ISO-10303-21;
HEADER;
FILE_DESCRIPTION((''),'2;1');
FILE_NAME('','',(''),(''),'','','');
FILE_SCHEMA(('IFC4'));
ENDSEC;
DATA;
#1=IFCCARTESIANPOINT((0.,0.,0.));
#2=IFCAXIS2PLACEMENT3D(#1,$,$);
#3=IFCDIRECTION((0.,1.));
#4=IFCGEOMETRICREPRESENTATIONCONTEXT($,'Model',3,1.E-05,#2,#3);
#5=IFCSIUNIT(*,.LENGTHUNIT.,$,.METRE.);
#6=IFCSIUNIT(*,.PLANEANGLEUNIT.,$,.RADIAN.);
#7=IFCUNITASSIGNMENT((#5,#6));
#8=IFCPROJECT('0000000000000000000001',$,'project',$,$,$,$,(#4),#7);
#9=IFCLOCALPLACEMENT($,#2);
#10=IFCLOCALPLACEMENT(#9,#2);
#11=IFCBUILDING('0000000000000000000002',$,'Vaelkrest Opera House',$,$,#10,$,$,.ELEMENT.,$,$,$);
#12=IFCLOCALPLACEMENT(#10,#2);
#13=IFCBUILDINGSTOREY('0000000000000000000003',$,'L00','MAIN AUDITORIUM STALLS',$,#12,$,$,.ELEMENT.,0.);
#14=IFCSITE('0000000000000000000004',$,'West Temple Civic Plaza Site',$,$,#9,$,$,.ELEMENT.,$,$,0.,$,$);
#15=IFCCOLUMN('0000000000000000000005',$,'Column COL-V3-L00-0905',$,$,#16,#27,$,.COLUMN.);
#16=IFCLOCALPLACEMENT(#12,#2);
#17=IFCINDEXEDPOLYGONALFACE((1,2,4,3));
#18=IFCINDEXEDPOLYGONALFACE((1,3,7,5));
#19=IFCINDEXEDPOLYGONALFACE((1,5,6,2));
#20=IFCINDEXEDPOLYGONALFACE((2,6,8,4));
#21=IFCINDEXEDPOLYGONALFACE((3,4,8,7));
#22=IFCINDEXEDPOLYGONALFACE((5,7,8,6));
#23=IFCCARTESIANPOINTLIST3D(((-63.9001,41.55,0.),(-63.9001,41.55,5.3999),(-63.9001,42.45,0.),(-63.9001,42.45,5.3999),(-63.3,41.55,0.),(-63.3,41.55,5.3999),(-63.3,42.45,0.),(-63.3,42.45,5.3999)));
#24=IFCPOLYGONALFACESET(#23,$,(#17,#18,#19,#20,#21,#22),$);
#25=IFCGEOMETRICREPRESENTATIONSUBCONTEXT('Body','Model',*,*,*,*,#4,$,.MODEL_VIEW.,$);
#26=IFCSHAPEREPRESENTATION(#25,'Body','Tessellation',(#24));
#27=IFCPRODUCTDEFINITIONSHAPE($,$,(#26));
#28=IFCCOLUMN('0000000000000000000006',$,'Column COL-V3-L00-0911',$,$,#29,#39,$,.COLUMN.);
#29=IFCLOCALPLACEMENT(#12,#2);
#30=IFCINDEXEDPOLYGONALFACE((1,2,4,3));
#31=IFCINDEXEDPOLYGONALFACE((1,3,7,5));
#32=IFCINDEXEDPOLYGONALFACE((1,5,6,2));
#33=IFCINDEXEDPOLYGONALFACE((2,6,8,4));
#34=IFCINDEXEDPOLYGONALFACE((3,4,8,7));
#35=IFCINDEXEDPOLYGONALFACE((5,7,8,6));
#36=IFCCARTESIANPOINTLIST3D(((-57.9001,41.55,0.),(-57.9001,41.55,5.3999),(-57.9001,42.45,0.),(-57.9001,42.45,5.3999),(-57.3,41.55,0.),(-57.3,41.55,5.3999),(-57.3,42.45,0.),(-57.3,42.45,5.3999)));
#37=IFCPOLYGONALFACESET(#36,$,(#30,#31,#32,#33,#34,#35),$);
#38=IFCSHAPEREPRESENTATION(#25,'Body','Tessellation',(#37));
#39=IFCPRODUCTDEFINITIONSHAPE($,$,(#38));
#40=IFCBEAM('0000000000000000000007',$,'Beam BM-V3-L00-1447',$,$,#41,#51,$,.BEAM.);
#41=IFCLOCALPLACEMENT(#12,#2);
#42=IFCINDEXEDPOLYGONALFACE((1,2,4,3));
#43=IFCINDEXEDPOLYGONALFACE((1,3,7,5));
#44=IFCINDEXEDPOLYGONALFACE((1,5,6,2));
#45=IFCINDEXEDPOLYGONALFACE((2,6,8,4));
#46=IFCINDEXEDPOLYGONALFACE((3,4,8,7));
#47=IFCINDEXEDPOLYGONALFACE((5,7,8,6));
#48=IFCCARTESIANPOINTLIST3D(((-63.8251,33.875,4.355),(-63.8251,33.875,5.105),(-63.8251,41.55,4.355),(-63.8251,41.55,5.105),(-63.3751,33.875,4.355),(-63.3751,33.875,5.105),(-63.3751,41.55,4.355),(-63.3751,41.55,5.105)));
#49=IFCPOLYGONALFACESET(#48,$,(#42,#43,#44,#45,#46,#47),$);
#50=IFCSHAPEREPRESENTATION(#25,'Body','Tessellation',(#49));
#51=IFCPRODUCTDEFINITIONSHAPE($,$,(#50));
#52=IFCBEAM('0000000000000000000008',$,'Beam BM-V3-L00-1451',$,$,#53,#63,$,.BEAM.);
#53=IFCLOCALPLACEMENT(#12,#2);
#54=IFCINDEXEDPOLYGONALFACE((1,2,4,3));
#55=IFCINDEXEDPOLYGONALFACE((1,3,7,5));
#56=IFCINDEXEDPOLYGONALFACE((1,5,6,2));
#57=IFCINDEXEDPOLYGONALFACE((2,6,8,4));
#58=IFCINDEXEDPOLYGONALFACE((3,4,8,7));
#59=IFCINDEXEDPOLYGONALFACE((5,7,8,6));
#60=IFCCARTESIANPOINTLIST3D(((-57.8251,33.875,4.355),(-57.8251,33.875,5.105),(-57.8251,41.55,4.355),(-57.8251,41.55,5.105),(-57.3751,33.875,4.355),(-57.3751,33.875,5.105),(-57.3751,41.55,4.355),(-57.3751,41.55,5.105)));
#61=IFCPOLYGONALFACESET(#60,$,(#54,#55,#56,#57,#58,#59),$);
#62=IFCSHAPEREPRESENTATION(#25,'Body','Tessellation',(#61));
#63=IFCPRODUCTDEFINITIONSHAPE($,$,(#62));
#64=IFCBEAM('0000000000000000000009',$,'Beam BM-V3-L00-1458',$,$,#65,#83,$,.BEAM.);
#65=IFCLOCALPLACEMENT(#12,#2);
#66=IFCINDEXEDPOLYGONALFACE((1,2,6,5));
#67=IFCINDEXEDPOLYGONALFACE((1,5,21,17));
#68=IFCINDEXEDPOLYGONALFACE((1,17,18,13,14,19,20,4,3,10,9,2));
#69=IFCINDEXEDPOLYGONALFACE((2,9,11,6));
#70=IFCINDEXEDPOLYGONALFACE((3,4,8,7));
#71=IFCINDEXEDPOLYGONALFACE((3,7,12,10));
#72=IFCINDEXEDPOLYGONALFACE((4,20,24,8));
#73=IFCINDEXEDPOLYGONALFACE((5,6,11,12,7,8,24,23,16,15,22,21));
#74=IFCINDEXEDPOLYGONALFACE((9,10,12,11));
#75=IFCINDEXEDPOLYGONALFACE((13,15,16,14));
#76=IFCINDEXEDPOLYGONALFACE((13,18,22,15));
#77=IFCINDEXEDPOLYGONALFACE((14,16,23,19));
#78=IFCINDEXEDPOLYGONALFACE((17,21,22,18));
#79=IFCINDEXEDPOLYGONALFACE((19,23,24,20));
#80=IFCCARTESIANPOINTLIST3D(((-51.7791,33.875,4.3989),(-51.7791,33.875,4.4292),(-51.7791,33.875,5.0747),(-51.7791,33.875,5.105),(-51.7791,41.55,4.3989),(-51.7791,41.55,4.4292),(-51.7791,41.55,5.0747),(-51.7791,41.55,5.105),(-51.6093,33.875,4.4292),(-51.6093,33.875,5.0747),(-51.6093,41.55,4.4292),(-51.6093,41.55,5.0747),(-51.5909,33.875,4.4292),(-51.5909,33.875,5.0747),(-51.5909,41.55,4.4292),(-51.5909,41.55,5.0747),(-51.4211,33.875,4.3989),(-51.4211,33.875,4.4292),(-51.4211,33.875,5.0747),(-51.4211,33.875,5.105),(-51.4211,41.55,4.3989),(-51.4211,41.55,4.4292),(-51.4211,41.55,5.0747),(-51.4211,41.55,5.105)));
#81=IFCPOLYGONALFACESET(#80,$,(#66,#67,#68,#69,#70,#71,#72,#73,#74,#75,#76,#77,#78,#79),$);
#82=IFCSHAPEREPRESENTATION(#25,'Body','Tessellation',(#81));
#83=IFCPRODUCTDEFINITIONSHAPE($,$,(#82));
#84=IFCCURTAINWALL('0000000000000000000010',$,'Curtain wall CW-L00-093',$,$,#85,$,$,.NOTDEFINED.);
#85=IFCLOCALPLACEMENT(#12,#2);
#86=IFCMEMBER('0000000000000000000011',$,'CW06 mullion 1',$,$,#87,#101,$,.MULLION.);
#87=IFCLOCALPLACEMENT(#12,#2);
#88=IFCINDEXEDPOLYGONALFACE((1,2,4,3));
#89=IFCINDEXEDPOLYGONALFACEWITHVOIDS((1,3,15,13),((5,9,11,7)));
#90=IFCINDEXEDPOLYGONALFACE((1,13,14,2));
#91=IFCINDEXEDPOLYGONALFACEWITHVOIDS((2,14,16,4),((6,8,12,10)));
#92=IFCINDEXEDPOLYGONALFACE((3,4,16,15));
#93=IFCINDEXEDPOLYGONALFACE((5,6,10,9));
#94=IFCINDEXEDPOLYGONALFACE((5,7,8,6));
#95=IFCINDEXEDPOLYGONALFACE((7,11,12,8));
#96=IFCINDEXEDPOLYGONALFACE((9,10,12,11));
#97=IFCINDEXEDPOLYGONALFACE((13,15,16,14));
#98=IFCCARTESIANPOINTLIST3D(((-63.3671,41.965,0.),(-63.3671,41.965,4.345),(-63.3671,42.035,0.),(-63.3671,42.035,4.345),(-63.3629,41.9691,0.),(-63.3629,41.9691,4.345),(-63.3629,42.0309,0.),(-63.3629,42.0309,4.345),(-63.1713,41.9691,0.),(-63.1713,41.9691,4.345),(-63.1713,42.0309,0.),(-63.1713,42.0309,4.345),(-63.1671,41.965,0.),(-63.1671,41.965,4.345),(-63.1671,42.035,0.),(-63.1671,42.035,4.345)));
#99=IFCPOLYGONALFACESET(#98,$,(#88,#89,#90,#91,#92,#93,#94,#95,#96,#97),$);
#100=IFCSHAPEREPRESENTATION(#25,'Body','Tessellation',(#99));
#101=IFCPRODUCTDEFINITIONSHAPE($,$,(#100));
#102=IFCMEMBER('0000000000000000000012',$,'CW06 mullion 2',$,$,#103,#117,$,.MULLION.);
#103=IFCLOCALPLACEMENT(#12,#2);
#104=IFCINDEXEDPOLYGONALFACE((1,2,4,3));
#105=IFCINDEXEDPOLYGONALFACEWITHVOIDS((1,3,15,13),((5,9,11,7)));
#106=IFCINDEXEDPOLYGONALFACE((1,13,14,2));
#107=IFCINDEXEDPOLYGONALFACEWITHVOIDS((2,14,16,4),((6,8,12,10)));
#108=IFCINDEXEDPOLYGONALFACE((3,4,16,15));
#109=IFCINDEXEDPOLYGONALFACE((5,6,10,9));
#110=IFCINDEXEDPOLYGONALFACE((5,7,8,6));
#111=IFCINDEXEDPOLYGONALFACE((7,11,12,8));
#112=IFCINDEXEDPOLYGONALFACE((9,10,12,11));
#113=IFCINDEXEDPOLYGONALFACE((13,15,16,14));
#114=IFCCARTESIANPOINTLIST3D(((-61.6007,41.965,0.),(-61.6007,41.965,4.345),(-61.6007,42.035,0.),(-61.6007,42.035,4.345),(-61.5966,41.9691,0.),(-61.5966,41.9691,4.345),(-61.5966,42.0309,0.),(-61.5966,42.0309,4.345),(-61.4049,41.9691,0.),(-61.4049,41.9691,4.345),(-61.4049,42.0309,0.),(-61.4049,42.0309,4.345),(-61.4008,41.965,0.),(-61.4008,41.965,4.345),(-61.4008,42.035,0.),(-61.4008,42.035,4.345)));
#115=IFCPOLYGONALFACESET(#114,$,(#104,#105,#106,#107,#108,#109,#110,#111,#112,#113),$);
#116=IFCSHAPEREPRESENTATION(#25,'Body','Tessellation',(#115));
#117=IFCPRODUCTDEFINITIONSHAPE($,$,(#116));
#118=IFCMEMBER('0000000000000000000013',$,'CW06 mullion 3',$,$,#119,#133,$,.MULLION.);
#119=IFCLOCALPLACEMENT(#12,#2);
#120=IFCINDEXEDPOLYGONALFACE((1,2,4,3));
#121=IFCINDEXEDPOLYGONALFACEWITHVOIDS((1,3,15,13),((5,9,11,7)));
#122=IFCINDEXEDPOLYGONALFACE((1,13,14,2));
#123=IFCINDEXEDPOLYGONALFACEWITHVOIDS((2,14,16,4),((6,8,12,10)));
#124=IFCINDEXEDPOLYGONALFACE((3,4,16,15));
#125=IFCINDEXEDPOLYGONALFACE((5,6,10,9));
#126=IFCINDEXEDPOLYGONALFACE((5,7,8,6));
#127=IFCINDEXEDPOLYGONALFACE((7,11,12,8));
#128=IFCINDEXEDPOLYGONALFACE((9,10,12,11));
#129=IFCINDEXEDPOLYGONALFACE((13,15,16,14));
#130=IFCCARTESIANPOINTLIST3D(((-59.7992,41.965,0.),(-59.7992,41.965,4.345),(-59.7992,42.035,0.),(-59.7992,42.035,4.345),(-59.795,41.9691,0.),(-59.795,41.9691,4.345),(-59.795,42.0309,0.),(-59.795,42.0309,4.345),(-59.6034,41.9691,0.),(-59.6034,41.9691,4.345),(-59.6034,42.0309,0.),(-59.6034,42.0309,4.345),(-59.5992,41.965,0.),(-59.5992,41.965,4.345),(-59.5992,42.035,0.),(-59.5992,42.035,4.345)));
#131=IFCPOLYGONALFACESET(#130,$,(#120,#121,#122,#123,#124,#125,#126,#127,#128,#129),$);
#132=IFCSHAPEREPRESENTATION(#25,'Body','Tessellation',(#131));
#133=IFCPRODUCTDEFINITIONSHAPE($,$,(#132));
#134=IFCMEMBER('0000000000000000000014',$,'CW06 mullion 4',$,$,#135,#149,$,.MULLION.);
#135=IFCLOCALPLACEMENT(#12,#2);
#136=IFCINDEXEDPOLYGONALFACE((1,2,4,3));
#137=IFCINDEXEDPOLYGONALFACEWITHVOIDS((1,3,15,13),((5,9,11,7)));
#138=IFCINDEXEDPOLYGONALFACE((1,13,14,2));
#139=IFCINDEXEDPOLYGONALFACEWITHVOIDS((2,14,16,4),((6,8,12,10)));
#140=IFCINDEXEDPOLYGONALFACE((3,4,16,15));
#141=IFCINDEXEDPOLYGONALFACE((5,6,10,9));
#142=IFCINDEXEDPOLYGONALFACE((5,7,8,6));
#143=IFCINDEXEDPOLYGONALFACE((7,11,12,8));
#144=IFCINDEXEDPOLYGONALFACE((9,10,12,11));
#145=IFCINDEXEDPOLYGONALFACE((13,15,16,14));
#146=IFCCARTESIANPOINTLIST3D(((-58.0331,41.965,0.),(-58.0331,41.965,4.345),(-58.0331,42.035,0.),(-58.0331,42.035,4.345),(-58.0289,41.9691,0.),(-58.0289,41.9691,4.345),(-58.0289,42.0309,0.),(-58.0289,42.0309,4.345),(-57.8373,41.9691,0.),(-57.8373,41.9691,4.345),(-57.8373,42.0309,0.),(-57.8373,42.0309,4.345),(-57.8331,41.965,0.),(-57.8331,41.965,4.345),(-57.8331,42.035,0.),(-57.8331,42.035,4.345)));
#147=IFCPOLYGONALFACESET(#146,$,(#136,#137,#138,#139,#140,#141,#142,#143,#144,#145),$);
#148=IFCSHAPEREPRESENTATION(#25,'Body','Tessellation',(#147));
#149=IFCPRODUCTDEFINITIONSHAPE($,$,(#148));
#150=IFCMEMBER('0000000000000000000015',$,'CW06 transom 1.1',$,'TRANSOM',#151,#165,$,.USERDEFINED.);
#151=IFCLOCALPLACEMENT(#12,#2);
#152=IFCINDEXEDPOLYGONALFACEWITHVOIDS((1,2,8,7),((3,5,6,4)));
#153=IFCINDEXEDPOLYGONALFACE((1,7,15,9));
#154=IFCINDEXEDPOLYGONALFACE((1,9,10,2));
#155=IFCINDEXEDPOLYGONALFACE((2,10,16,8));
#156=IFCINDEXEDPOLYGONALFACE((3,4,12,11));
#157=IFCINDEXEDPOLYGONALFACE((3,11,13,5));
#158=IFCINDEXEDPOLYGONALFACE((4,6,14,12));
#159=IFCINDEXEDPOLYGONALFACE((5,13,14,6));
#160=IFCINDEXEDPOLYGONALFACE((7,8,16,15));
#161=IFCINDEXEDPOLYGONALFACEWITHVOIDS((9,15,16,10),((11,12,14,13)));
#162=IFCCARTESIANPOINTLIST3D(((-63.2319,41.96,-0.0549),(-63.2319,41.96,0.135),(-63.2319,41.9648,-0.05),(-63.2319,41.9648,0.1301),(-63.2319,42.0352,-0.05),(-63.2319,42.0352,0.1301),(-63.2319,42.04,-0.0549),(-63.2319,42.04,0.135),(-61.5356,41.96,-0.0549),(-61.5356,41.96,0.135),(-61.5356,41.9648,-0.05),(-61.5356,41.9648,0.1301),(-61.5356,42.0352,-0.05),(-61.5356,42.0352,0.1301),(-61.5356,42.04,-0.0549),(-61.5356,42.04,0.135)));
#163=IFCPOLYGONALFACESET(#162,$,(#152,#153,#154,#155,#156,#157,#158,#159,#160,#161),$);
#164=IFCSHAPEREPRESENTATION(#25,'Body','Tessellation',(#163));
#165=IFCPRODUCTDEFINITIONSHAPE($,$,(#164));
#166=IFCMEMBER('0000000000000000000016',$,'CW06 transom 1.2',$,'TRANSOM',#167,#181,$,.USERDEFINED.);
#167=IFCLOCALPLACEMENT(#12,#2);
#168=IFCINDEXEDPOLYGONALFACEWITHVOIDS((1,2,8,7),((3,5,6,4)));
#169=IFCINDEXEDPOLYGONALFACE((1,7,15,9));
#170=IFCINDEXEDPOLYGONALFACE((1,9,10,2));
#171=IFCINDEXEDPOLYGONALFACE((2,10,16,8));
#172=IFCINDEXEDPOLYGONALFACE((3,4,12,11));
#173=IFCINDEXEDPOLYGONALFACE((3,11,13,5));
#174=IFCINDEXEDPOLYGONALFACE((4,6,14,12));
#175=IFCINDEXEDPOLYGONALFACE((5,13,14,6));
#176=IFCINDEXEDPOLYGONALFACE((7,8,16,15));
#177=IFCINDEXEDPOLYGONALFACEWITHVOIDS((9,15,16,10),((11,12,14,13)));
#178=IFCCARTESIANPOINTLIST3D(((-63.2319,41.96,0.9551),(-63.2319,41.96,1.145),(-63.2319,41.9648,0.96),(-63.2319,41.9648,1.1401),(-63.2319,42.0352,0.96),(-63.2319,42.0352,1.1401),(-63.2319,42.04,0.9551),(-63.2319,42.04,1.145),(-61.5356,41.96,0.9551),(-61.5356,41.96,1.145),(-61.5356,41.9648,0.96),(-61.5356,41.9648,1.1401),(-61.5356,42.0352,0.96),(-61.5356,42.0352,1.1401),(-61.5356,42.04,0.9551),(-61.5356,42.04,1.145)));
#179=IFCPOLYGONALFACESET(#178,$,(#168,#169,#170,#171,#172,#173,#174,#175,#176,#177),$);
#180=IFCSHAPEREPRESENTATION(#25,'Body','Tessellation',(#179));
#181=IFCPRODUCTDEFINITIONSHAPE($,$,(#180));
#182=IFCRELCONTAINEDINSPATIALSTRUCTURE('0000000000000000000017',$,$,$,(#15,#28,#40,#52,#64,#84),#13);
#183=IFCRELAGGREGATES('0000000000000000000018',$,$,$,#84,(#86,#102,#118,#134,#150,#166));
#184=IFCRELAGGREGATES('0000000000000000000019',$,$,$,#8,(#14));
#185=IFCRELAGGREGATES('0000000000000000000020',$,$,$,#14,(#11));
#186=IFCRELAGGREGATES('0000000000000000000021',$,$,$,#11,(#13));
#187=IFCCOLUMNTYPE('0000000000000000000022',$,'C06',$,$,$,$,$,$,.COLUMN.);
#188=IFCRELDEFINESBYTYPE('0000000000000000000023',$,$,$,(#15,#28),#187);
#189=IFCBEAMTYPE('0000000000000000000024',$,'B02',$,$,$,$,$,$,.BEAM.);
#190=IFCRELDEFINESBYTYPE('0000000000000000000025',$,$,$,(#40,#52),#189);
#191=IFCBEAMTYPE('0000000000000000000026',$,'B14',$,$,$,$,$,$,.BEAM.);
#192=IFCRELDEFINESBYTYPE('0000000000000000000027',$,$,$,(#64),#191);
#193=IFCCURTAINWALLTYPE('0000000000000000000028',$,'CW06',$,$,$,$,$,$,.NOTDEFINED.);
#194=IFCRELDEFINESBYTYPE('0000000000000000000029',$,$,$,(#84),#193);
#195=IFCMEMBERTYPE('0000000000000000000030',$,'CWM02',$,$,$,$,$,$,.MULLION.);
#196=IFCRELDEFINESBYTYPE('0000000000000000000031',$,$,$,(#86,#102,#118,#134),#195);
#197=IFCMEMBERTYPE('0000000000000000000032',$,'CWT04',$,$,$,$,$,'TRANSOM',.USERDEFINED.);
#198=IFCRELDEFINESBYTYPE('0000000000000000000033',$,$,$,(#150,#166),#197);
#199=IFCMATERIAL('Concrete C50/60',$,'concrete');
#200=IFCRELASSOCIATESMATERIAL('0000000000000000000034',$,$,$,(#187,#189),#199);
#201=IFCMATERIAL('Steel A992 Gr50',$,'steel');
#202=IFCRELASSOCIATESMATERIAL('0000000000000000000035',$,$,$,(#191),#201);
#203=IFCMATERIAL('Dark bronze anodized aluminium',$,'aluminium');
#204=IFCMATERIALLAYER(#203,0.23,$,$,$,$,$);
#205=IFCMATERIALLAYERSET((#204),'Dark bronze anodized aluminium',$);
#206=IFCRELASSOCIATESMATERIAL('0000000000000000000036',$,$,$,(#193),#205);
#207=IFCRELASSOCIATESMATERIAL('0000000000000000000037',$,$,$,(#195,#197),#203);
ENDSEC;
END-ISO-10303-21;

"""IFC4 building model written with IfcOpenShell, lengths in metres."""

from ifc_helpers import new_model, si_unit, direction, frame, origin, origin_2d, place, context, subcontext, project, spatial, rectangle, hollow_rectangle, i_section, extrude, material, layer, layer_set, material_profile, profile_set, type_object, element, aggregate, save


model = new_model("IFC4")

# Units and contexts
model_context = context("Model", 3, precision=1e-05, world=origin(), true_north=direction((0.0, 1.0)))
body_context = subcontext(model_context, "Body", "Model", "MODEL_VIEW")
ifc_project = project(units=[si_unit("LENGTHUNIT", "METRE"), si_unit("PLANEANGLEUNIT", "RADIAN")], contexts=[model_context])

# Site, building, storey
site_placement = place(None, origin())
site = spatial("IfcSite", under=ifc_project, at=site_placement, Name="West Temple Civic Plaza Site", CompositionType="ELEMENT", RefElevation=0.0)
building_placement = place(site_placement, origin())
building = spatial("IfcBuilding", under=site, at=building_placement, Name="Vaelkrest Opera House", CompositionType="ELEMENT")
storey_placement = place(building_placement, origin())
storey = spatial("IfcBuildingStorey", under=building, at=storey_placement, Name="L00", Description="MAIN AUDITORIUM STALLS", CompositionType="ELEMENT", Elevation=0.0)

# Columns
ifc_material_1 = material(Name="Concrete C50/60", Category="concrete")
ifc_material_profile_1 = material_profile(ifc_material_1, rectangle(XDim=0.6001, YDim=0.8999, at=origin_2d()), Name="RC600X900")
ifc_profile_set_1 = profile_set([ifc_material_profile_1], Name="Concrete C50/60")
column_type = type_object("IfcColumnType", Name="C06", PredefinedType="COLUMN", material=ifc_profile_set_1)
for number, where, z_axis, x_axis, name in (
    (1, (-63.6001, 42.0, 0.0), (0.0, 0.0, 1.0), (1.0, 0.0, 0.0), "Column COL-V3-L00-0905"),
    (2, (-57.6001, 42.0, 0.0), (0.0, 0.0, 1.0), (1.0, 0.0, 0.0), "Column COL-V3-L00-0911"),
):
    element("IfcColumn", number, at=place(storey_placement, frame(where, z_axis=z_axis, x_axis=x_axis)), inside=storey, type_object=column_type, Name=name, PredefinedType="COLUMN", context=body_context, shape_type="SweptSolid", body=[
        extrude(rectangle(XDim=0.6001, YDim=0.8999, at=origin_2d()), origin(), (0.0, 0.0, 1.0), 5.3999),
    ])

# Beams
ifc_material_profile_2 = material_profile(ifc_material_1, rectangle(XDim=0.45, YDim=0.75, at=origin_2d()), Name="RCB450X750")
ifc_profile_set_2 = profile_set([ifc_material_profile_2], Name="Concrete C50/60")
beam_type_1 = type_object("IfcBeamType", Name="B02", PredefinedType="BEAM", material=ifc_profile_set_2)
for number, where, z_axis, x_axis, name in (
    (3, (-63.6001, 33.875, 4.73), (0.0, 1.0, 0.0), (-1.0, 0.0, 0.0), "Beam BM-V3-L00-1447"),
    (4, (-57.6001, 33.875, 4.73), (0.0, 1.0, 0.0), (-1.0, 0.0, 0.0), "Beam BM-V3-L00-1451"),
):
    element("IfcBeam", number, at=place(storey_placement, frame(where, z_axis=z_axis, x_axis=x_axis)), inside=storey, type_object=beam_type_1, Name=name, PredefinedType="BEAM", context=body_context, shape_type="SweptSolid", body=[
        extrude(rectangle(XDim=0.45, YDim=0.75, at=origin_2d()), origin(), (0.0, 0.0, 1.0), 7.675),
    ])
ifc_material_2 = material(Name="Steel A992 Gr50", Category="steel")
ifc_material_profile_3 = material_profile(ifc_material_2, i_section(OverallWidth=0.3579, OverallDepth=0.7061, WebThickness=0.0183, FlangeThickness=0.0303, at=origin_2d()), Name="W27X178")
ifc_profile_set_3 = profile_set([ifc_material_profile_3], Name="Steel A992 Gr50")
beam_type_2 = type_object("IfcBeamType", Name="B14", PredefinedType="BEAM", material=ifc_profile_set_3)
beam_placement = place(storey_placement, frame((-51.6001, 33.875, 4.752), z_axis=(0.0, 1.0, 0.0), x_axis=(-1.0, 0.0, 0.0)))
element("IfcBeam", 5, at=beam_placement, inside=storey, type_object=beam_type_2, Name="Beam BM-V3-L00-1458", PredefinedType="BEAM", context=body_context, shape_type="SweptSolid", body=[
    extrude(i_section(OverallWidth=0.3579, OverallDepth=0.7061, WebThickness=0.0183, FlangeThickness=0.0303, at=origin_2d()), origin(), (0.0, 0.0, 1.0), 7.675),
])

# Curtain wall, members
ifc_material_3 = material(Name="Dark bronze anodized aluminium", Category="aluminium")
ifc_layer_1 = layer(ifc_material_3, 0.23)
ifc_layer_set_1 = layer_set([ifc_layer_1], Name="Dark bronze anodized aluminium")
curtain_wall_type = type_object("IfcCurtainWallType", Name="CW06", PredefinedType="NOTDEFINED", material=ifc_layer_set_1)
curtain_wall_placement = place(storey_placement, origin())
curtain_wall = element("IfcCurtainWall", 6, at=curtain_wall_placement, inside=storey, type_object=curtain_wall_type, Name="Curtain wall CW-L00-093", PredefinedType="NOTDEFINED")
ifc_material_profile_4 = material_profile(ifc_material_3, hollow_rectangle(XDim=0.0701, YDim=0.2, WallThickness=0.0042, at=origin_2d()), Name="CWM70X200")
ifc_profile_set_4 = profile_set([ifc_material_profile_4], Name="Dark bronze anodized aluminium")
member_type_1 = type_object("IfcMemberType", Name="CWM02", PredefinedType="MULLION", material=ifc_profile_set_4)
member_1_placement = place(storey_placement, frame((-63.2671, 42.0, 0.0), z_axis=(0.0, 0.0, 1.0), x_axis=(0.0, 1.0, 0.0)))
member_1 = element("IfcMember", 7, at=member_1_placement, type_object=member_type_1, Name="CW06 mullion 1", PredefinedType="MULLION", context=body_context, shape_type="SweptSolid", body=[
    extrude(hollow_rectangle(XDim=0.0701, YDim=0.2, WallThickness=0.0042, at=origin_2d()), origin(), (0.0, 0.0, 1.0), 4.345),
])
member_2_placement = place(storey_placement, frame((-61.5007, 42.0, 0.0), z_axis=(0.0, 0.0, 1.0), x_axis=(0.0, 1.0, 0.0)))
member_2 = element("IfcMember", 8, at=member_2_placement, type_object=member_type_1, Name="CW06 mullion 2", PredefinedType="MULLION", context=body_context, shape_type="SweptSolid", body=[
    extrude(hollow_rectangle(XDim=0.0701, YDim=0.2, WallThickness=0.0042, at=origin_2d()), origin(), (0.0, 0.0, 1.0), 4.345),
])
member_3_placement = place(storey_placement, frame((-59.6992, 42.0, 0.0), z_axis=(0.0, 0.0, 1.0), x_axis=(0.0, 1.0, 0.0)))
member_3 = element("IfcMember", 9, at=member_3_placement, type_object=member_type_1, Name="CW06 mullion 3", PredefinedType="MULLION", context=body_context, shape_type="SweptSolid", body=[
    extrude(hollow_rectangle(XDim=0.0701, YDim=0.2, WallThickness=0.0042, at=origin_2d()), origin(), (0.0, 0.0, 1.0), 4.345),
])
member_4_placement = place(storey_placement, frame((-57.9331, 42.0, 0.0), z_axis=(0.0, 0.0, 1.0), x_axis=(0.0, 1.0, 0.0)))
member_4 = element("IfcMember", 10, at=member_4_placement, type_object=member_type_1, Name="CW06 mullion 4", PredefinedType="MULLION", context=body_context, shape_type="SweptSolid", body=[
    extrude(hollow_rectangle(XDim=0.0701, YDim=0.2, WallThickness=0.0042, at=origin_2d()), origin(), (0.0, 0.0, 1.0), 4.345),
])
ifc_material_profile_5 = material_profile(ifc_material_3, hollow_rectangle(XDim=0.0801, YDim=0.1899, WallThickness=0.0049, at=origin_2d()), Name="CWT80X190")
ifc_profile_set_5 = profile_set([ifc_material_profile_5], Name="Dark bronze anodized aluminium")
member_type_2 = type_object("IfcMemberType", Name="CWT04", ElementType="TRANSOM", PredefinedType="USERDEFINED", material=ifc_profile_set_5)
member_5_placement = place(storey_placement, frame((-63.2319, 42.0, 0.04), z_axis=(1.0, 0.0, 0.0), x_axis=(0.0, 1.0, 0.0)))
member_5 = element("IfcMember", 11, at=member_5_placement, type_object=member_type_2, Name="CW06 transom 1.1", ObjectType="TRANSOM", PredefinedType="USERDEFINED", context=body_context, shape_type="SweptSolid", body=[
    extrude(hollow_rectangle(XDim=0.0801, YDim=0.1899, WallThickness=0.0049, at=origin_2d()), origin(), (0.0, 0.0, 1.0), 1.6963),
])
member_6_placement = place(storey_placement, frame((-63.2319, 42.0, 1.05), z_axis=(1.0, 0.0, 0.0), x_axis=(0.0, 1.0, 0.0)))
member_6 = element("IfcMember", 12, at=member_6_placement, type_object=member_type_2, Name="CW06 transom 1.2", ObjectType="TRANSOM", PredefinedType="USERDEFINED", context=body_context, shape_type="SweptSolid", body=[
    extrude(hollow_rectangle(XDim=0.0801, YDim=0.1899, WallThickness=0.0049, at=origin_2d()), origin(), (0.0, 0.0, 1.0), 1.6963),
])

aggregate(curtain_wall, [member_1, member_2, member_3, member_4, member_5, member_6])

save(model, "model.ifc")
